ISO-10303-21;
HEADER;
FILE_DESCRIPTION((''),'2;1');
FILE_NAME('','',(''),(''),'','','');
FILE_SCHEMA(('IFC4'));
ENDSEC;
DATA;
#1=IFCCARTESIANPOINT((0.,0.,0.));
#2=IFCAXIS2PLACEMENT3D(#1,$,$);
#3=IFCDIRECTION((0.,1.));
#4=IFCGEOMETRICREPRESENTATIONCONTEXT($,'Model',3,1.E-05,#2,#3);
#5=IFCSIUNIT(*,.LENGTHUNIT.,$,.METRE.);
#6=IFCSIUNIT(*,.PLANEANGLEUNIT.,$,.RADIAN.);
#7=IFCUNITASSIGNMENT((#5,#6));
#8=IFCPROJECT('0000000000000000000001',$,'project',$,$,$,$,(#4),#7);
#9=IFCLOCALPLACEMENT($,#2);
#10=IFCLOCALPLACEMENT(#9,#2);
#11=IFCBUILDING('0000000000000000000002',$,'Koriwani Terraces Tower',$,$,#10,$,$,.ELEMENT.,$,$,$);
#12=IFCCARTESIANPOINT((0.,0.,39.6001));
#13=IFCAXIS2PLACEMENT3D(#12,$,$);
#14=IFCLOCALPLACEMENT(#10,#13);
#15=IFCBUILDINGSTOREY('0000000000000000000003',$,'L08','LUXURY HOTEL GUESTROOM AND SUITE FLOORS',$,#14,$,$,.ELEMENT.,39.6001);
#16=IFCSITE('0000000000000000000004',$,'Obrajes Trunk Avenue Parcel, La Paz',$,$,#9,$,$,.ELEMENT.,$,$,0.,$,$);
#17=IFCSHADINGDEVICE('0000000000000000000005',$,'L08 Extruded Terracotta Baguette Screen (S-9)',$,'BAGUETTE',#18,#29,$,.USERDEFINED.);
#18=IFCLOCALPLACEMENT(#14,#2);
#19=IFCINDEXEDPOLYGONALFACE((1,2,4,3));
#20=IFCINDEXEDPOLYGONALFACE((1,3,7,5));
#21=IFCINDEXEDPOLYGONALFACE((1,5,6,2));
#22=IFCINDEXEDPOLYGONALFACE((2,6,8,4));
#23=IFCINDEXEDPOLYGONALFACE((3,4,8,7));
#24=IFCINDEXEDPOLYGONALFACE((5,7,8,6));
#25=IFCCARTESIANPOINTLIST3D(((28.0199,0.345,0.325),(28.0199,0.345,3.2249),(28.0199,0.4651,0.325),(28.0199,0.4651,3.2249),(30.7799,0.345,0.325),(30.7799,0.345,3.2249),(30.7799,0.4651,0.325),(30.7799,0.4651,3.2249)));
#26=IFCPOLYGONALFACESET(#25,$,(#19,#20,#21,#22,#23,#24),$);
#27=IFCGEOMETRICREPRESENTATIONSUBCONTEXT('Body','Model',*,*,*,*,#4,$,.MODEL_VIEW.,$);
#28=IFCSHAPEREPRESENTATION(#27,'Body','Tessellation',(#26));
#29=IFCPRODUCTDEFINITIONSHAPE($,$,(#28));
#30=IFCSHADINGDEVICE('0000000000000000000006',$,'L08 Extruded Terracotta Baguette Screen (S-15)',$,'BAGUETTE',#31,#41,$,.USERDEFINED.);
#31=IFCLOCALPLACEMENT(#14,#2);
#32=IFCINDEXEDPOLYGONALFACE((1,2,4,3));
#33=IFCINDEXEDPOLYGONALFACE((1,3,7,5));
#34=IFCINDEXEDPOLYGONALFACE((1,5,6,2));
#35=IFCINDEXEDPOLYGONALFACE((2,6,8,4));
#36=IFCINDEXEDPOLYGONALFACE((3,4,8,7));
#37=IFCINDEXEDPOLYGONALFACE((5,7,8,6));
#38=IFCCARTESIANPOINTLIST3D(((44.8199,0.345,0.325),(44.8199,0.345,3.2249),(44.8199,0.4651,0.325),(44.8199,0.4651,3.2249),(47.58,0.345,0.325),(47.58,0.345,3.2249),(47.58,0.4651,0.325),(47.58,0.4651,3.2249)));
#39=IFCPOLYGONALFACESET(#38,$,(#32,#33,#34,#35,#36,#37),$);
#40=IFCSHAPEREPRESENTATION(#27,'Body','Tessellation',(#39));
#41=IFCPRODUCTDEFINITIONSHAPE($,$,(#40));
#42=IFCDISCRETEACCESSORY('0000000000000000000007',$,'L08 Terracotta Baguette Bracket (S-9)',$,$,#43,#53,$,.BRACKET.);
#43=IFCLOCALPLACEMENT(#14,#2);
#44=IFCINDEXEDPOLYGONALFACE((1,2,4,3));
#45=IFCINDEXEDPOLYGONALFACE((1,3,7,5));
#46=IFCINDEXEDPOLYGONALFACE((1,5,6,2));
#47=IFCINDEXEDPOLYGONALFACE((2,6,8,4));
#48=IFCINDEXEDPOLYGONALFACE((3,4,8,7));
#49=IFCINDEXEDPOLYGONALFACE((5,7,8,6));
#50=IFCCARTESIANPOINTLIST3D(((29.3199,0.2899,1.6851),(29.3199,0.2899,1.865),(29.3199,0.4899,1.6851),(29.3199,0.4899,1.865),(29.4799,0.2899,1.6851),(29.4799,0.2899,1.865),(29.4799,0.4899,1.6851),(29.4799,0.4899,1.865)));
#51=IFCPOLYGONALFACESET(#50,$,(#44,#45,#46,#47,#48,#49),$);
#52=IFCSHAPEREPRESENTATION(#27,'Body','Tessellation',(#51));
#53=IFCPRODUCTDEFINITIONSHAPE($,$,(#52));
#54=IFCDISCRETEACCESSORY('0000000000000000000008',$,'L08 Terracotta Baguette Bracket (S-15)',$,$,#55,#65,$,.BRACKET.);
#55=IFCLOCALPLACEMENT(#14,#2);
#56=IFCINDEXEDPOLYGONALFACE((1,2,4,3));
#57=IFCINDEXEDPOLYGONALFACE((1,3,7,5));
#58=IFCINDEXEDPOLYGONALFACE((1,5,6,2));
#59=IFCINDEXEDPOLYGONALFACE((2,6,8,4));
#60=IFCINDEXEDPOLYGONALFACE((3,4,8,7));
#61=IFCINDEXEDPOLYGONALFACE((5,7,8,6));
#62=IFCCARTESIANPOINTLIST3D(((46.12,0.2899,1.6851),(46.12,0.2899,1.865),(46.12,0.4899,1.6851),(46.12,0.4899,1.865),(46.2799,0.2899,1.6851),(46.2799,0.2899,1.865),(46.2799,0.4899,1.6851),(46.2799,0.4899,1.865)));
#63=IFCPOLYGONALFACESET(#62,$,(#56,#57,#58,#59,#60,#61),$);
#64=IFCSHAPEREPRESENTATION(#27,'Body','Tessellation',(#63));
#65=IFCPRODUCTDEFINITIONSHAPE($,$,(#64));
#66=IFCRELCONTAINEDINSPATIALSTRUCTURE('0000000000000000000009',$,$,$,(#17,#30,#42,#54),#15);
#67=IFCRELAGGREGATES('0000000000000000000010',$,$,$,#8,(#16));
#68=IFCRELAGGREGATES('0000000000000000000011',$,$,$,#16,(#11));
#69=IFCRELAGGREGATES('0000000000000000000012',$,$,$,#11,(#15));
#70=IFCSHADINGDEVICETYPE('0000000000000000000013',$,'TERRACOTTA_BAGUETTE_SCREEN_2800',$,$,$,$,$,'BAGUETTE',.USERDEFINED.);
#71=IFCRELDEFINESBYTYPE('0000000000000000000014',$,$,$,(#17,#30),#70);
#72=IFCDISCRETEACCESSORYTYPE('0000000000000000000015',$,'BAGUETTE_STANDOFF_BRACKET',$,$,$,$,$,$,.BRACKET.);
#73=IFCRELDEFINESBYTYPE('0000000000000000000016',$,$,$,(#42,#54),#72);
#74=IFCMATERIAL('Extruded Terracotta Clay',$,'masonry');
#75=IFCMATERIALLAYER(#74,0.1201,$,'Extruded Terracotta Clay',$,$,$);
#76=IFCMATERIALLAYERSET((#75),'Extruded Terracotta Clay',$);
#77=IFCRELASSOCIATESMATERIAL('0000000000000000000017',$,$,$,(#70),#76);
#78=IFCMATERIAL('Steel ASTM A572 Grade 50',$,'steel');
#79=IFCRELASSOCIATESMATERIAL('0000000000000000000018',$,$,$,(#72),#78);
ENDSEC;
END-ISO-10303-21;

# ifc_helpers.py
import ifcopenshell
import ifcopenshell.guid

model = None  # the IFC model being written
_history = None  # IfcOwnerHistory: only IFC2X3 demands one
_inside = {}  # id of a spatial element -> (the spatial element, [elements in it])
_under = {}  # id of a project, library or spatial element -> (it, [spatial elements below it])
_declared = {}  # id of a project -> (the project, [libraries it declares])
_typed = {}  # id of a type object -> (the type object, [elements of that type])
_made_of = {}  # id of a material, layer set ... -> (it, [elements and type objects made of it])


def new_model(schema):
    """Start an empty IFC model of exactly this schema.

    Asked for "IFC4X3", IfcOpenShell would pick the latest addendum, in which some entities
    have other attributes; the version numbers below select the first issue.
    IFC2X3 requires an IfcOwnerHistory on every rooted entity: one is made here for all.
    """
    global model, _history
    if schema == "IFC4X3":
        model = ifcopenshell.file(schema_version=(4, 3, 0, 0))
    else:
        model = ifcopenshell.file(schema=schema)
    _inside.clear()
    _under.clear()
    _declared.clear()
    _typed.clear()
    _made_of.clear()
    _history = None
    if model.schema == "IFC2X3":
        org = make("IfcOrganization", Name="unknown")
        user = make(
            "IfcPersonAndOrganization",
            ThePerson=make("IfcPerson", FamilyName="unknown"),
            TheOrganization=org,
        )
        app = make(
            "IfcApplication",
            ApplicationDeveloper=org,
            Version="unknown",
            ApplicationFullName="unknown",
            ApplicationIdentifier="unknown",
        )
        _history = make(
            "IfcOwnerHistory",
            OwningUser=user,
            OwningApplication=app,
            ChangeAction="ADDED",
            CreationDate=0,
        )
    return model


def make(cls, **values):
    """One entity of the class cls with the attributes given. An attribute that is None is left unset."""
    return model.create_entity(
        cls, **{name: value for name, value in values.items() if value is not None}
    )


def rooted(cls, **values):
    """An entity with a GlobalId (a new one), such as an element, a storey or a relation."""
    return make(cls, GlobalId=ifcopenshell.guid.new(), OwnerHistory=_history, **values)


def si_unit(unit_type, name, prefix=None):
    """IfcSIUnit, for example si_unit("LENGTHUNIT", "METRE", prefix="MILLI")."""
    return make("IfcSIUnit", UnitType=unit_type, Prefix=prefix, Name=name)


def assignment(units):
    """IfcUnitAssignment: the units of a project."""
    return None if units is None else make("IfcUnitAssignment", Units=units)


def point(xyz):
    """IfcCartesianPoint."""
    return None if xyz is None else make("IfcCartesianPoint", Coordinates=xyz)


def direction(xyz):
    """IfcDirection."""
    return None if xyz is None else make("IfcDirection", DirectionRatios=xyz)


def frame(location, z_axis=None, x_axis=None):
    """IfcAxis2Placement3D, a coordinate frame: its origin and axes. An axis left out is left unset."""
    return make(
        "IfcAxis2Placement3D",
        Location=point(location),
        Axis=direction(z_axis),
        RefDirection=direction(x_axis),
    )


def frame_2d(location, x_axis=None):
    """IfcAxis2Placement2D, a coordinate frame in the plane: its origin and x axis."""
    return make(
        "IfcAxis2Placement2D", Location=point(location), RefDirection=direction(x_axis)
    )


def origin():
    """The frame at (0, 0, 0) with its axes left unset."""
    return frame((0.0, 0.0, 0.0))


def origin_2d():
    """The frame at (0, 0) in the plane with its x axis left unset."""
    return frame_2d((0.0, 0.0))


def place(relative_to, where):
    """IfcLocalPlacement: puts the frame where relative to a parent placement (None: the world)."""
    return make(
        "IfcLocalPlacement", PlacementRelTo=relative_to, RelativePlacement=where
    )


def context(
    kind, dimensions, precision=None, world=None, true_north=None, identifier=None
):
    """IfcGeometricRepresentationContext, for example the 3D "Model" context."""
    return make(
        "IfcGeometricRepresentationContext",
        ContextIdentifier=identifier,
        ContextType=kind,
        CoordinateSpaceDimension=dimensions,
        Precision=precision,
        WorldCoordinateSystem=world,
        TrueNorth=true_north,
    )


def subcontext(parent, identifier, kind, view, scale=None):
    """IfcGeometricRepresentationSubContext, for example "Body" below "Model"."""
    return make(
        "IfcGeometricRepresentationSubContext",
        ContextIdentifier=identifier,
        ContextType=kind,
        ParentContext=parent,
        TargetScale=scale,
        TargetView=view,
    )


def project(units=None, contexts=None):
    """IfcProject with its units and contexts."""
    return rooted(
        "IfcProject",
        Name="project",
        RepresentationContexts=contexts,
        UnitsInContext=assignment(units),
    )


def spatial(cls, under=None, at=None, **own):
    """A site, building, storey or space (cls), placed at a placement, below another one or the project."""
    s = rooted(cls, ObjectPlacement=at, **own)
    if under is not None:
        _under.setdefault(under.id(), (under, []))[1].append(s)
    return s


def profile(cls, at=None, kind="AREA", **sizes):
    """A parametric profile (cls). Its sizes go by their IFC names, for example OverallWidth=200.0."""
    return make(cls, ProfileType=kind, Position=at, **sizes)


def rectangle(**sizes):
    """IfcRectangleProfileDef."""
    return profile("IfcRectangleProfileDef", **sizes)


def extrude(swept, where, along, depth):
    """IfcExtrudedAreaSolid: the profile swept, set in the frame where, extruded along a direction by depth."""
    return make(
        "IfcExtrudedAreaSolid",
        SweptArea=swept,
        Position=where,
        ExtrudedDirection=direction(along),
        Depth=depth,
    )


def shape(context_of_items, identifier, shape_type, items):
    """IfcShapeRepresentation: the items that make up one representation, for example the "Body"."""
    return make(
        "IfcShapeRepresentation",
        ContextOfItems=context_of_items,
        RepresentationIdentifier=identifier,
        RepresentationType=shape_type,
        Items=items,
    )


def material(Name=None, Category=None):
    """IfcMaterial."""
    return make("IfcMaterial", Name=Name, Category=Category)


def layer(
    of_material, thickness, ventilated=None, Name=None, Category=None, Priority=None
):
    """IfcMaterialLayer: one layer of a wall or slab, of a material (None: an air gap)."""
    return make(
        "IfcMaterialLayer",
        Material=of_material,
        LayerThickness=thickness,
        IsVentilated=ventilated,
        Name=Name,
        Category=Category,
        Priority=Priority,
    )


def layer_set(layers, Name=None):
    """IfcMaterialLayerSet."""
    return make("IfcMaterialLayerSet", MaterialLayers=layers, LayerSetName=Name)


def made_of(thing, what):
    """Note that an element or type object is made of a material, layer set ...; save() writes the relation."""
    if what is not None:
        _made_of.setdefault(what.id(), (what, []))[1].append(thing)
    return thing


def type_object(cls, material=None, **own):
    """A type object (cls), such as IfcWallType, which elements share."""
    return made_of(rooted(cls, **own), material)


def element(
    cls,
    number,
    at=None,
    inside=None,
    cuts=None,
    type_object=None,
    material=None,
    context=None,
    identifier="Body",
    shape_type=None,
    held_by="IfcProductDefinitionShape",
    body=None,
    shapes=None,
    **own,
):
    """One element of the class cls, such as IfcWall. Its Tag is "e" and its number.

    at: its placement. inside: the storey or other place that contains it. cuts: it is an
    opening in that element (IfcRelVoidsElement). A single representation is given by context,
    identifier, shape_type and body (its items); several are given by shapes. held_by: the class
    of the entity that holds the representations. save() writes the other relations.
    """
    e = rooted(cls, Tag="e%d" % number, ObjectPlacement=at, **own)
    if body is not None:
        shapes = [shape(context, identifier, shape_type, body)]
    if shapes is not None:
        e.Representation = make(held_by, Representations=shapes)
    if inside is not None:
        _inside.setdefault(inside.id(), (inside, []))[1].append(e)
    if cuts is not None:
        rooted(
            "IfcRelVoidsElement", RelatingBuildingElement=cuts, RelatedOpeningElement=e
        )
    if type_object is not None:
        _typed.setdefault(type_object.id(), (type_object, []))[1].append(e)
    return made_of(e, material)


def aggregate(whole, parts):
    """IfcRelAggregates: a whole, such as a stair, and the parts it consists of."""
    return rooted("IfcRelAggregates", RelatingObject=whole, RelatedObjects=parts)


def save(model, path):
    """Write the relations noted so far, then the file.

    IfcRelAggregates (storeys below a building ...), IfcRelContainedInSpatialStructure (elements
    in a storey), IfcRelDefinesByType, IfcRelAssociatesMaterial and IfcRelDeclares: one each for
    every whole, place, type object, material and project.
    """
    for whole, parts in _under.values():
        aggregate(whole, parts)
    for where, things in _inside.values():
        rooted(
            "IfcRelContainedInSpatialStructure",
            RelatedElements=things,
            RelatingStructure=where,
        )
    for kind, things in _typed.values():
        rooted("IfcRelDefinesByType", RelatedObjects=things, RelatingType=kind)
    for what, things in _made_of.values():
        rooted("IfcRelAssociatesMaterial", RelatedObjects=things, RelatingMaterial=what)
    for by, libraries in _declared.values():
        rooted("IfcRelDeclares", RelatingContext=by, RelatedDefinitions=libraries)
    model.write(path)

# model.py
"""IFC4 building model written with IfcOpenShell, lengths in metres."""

from ifc_helpers import new_model, si_unit, direction, frame, origin, origin_2d, place, context, subcontext, project, spatial, rectangle, extrude, material, layer, layer_set, type_object, element, save


model = new_model("IFC4")

# Units and contexts
model_context = context("Model", 3, precision=1e-05, world=origin(), true_north=direction((0.0, 1.0)))
body_context = subcontext(model_context, "Body", "Model", "MODEL_VIEW")
ifc_project = project(units=[si_unit("LENGTHUNIT", "METRE"), si_unit("PLANEANGLEUNIT", "RADIAN")], contexts=[model_context])

# Site, building, storey
site_placement = place(None, origin())
site = spatial("IfcSite", under=ifc_project, at=site_placement, Name="Obrajes Trunk Avenue Parcel, La Paz", CompositionType="ELEMENT", RefElevation=0.0)
building_placement = place(site_placement, origin())
building = spatial("IfcBuilding", under=site, at=building_placement, Name="Koriwani Terraces Tower", CompositionType="ELEMENT")
storey_placement = place(building_placement, frame((0.0, 0.0, 39.6001)))
storey = spatial("IfcBuildingStorey", under=building, at=storey_placement, Name="L08", Description="LUXURY HOTEL GUESTROOM AND SUITE FLOORS", CompositionType="ELEMENT", Elevation=39.6001)

# Shared definitions
ifc_material_1 = material(Name="Steel ASTM A572 Grade 50", Category="steel")

# Shading devices
ifc_material_2 = material(Name="Extruded Terracotta Clay", Category="masonry")
ifc_layer_1 = layer(ifc_material_2, 0.1201, Name="Extruded Terracotta Clay")
ifc_layer_set_1 = layer_set([ifc_layer_1], Name="Extruded Terracotta Clay")
shading_device_type = type_object("IfcShadingDeviceType", Name="TERRACOTTA_BAGUETTE_SCREEN_2800", ElementType="BAGUETTE", PredefinedType="USERDEFINED", material=ifc_layer_set_1)
for number, where, z_axis, x_axis, name in (
    (1, (29.3999, 0.405, 0.325), (0.0, 0.0, 1.0), (-1.0, 0.0, 0.0), "L08 Extruded Terracotta Baguette Screen (S-9)"),
    (2, (46.2, 0.405, 0.325), (0.0, 0.0, 1.0), (-1.0, 0.0, 0.0), "L08 Extruded Terracotta Baguette Screen (S-15)"),
):
    element("IfcShadingDevice", number, at=place(storey_placement, frame(where, z_axis=z_axis, x_axis=x_axis)), inside=storey, type_object=shading_device_type, Name=name, ObjectType="BAGUETTE", PredefinedType="USERDEFINED", context=body_context, shape_type="SweptSolid", body=[
        extrude(rectangle(XDim=2.76, YDim=0.1201, at=origin_2d()), origin(), (0.0, 0.0, 1.0), 2.8999),
    ])

# Discrete accessories
discrete_accessory_type = type_object("IfcDiscreteAccessoryType", Name="BAGUETTE_STANDOFF_BRACKET", PredefinedType="BRACKET", material=ifc_material_1)
for number, where, z_axis, x_axis, name in (
    (3, (29.3999, 0.3899, 1.6851), (0.0, 0.0, 1.0), (-1.0, 0.0, 0.0), "L08 Terracotta Baguette Bracket (S-9)"),
    (4, (46.2, 0.3899, 1.6851), (0.0, 0.0, 1.0), (-1.0, 0.0, 0.0), "L08 Terracotta Baguette Bracket (S-15)"),
):
    element("IfcDiscreteAccessory", number, at=place(storey_placement, frame(where, z_axis=z_axis, x_axis=x_axis)), inside=storey, type_object=discrete_accessory_type, Name=name, PredefinedType="BRACKET", context=body_context, shape_type="SweptSolid", body=[
        extrude(rectangle(XDim=0.1599, YDim=0.2, at=origin_2d()), origin(), (0.0, 0.0, 1.0), 0.1799),
    ])

save(model, "model.ifc")
